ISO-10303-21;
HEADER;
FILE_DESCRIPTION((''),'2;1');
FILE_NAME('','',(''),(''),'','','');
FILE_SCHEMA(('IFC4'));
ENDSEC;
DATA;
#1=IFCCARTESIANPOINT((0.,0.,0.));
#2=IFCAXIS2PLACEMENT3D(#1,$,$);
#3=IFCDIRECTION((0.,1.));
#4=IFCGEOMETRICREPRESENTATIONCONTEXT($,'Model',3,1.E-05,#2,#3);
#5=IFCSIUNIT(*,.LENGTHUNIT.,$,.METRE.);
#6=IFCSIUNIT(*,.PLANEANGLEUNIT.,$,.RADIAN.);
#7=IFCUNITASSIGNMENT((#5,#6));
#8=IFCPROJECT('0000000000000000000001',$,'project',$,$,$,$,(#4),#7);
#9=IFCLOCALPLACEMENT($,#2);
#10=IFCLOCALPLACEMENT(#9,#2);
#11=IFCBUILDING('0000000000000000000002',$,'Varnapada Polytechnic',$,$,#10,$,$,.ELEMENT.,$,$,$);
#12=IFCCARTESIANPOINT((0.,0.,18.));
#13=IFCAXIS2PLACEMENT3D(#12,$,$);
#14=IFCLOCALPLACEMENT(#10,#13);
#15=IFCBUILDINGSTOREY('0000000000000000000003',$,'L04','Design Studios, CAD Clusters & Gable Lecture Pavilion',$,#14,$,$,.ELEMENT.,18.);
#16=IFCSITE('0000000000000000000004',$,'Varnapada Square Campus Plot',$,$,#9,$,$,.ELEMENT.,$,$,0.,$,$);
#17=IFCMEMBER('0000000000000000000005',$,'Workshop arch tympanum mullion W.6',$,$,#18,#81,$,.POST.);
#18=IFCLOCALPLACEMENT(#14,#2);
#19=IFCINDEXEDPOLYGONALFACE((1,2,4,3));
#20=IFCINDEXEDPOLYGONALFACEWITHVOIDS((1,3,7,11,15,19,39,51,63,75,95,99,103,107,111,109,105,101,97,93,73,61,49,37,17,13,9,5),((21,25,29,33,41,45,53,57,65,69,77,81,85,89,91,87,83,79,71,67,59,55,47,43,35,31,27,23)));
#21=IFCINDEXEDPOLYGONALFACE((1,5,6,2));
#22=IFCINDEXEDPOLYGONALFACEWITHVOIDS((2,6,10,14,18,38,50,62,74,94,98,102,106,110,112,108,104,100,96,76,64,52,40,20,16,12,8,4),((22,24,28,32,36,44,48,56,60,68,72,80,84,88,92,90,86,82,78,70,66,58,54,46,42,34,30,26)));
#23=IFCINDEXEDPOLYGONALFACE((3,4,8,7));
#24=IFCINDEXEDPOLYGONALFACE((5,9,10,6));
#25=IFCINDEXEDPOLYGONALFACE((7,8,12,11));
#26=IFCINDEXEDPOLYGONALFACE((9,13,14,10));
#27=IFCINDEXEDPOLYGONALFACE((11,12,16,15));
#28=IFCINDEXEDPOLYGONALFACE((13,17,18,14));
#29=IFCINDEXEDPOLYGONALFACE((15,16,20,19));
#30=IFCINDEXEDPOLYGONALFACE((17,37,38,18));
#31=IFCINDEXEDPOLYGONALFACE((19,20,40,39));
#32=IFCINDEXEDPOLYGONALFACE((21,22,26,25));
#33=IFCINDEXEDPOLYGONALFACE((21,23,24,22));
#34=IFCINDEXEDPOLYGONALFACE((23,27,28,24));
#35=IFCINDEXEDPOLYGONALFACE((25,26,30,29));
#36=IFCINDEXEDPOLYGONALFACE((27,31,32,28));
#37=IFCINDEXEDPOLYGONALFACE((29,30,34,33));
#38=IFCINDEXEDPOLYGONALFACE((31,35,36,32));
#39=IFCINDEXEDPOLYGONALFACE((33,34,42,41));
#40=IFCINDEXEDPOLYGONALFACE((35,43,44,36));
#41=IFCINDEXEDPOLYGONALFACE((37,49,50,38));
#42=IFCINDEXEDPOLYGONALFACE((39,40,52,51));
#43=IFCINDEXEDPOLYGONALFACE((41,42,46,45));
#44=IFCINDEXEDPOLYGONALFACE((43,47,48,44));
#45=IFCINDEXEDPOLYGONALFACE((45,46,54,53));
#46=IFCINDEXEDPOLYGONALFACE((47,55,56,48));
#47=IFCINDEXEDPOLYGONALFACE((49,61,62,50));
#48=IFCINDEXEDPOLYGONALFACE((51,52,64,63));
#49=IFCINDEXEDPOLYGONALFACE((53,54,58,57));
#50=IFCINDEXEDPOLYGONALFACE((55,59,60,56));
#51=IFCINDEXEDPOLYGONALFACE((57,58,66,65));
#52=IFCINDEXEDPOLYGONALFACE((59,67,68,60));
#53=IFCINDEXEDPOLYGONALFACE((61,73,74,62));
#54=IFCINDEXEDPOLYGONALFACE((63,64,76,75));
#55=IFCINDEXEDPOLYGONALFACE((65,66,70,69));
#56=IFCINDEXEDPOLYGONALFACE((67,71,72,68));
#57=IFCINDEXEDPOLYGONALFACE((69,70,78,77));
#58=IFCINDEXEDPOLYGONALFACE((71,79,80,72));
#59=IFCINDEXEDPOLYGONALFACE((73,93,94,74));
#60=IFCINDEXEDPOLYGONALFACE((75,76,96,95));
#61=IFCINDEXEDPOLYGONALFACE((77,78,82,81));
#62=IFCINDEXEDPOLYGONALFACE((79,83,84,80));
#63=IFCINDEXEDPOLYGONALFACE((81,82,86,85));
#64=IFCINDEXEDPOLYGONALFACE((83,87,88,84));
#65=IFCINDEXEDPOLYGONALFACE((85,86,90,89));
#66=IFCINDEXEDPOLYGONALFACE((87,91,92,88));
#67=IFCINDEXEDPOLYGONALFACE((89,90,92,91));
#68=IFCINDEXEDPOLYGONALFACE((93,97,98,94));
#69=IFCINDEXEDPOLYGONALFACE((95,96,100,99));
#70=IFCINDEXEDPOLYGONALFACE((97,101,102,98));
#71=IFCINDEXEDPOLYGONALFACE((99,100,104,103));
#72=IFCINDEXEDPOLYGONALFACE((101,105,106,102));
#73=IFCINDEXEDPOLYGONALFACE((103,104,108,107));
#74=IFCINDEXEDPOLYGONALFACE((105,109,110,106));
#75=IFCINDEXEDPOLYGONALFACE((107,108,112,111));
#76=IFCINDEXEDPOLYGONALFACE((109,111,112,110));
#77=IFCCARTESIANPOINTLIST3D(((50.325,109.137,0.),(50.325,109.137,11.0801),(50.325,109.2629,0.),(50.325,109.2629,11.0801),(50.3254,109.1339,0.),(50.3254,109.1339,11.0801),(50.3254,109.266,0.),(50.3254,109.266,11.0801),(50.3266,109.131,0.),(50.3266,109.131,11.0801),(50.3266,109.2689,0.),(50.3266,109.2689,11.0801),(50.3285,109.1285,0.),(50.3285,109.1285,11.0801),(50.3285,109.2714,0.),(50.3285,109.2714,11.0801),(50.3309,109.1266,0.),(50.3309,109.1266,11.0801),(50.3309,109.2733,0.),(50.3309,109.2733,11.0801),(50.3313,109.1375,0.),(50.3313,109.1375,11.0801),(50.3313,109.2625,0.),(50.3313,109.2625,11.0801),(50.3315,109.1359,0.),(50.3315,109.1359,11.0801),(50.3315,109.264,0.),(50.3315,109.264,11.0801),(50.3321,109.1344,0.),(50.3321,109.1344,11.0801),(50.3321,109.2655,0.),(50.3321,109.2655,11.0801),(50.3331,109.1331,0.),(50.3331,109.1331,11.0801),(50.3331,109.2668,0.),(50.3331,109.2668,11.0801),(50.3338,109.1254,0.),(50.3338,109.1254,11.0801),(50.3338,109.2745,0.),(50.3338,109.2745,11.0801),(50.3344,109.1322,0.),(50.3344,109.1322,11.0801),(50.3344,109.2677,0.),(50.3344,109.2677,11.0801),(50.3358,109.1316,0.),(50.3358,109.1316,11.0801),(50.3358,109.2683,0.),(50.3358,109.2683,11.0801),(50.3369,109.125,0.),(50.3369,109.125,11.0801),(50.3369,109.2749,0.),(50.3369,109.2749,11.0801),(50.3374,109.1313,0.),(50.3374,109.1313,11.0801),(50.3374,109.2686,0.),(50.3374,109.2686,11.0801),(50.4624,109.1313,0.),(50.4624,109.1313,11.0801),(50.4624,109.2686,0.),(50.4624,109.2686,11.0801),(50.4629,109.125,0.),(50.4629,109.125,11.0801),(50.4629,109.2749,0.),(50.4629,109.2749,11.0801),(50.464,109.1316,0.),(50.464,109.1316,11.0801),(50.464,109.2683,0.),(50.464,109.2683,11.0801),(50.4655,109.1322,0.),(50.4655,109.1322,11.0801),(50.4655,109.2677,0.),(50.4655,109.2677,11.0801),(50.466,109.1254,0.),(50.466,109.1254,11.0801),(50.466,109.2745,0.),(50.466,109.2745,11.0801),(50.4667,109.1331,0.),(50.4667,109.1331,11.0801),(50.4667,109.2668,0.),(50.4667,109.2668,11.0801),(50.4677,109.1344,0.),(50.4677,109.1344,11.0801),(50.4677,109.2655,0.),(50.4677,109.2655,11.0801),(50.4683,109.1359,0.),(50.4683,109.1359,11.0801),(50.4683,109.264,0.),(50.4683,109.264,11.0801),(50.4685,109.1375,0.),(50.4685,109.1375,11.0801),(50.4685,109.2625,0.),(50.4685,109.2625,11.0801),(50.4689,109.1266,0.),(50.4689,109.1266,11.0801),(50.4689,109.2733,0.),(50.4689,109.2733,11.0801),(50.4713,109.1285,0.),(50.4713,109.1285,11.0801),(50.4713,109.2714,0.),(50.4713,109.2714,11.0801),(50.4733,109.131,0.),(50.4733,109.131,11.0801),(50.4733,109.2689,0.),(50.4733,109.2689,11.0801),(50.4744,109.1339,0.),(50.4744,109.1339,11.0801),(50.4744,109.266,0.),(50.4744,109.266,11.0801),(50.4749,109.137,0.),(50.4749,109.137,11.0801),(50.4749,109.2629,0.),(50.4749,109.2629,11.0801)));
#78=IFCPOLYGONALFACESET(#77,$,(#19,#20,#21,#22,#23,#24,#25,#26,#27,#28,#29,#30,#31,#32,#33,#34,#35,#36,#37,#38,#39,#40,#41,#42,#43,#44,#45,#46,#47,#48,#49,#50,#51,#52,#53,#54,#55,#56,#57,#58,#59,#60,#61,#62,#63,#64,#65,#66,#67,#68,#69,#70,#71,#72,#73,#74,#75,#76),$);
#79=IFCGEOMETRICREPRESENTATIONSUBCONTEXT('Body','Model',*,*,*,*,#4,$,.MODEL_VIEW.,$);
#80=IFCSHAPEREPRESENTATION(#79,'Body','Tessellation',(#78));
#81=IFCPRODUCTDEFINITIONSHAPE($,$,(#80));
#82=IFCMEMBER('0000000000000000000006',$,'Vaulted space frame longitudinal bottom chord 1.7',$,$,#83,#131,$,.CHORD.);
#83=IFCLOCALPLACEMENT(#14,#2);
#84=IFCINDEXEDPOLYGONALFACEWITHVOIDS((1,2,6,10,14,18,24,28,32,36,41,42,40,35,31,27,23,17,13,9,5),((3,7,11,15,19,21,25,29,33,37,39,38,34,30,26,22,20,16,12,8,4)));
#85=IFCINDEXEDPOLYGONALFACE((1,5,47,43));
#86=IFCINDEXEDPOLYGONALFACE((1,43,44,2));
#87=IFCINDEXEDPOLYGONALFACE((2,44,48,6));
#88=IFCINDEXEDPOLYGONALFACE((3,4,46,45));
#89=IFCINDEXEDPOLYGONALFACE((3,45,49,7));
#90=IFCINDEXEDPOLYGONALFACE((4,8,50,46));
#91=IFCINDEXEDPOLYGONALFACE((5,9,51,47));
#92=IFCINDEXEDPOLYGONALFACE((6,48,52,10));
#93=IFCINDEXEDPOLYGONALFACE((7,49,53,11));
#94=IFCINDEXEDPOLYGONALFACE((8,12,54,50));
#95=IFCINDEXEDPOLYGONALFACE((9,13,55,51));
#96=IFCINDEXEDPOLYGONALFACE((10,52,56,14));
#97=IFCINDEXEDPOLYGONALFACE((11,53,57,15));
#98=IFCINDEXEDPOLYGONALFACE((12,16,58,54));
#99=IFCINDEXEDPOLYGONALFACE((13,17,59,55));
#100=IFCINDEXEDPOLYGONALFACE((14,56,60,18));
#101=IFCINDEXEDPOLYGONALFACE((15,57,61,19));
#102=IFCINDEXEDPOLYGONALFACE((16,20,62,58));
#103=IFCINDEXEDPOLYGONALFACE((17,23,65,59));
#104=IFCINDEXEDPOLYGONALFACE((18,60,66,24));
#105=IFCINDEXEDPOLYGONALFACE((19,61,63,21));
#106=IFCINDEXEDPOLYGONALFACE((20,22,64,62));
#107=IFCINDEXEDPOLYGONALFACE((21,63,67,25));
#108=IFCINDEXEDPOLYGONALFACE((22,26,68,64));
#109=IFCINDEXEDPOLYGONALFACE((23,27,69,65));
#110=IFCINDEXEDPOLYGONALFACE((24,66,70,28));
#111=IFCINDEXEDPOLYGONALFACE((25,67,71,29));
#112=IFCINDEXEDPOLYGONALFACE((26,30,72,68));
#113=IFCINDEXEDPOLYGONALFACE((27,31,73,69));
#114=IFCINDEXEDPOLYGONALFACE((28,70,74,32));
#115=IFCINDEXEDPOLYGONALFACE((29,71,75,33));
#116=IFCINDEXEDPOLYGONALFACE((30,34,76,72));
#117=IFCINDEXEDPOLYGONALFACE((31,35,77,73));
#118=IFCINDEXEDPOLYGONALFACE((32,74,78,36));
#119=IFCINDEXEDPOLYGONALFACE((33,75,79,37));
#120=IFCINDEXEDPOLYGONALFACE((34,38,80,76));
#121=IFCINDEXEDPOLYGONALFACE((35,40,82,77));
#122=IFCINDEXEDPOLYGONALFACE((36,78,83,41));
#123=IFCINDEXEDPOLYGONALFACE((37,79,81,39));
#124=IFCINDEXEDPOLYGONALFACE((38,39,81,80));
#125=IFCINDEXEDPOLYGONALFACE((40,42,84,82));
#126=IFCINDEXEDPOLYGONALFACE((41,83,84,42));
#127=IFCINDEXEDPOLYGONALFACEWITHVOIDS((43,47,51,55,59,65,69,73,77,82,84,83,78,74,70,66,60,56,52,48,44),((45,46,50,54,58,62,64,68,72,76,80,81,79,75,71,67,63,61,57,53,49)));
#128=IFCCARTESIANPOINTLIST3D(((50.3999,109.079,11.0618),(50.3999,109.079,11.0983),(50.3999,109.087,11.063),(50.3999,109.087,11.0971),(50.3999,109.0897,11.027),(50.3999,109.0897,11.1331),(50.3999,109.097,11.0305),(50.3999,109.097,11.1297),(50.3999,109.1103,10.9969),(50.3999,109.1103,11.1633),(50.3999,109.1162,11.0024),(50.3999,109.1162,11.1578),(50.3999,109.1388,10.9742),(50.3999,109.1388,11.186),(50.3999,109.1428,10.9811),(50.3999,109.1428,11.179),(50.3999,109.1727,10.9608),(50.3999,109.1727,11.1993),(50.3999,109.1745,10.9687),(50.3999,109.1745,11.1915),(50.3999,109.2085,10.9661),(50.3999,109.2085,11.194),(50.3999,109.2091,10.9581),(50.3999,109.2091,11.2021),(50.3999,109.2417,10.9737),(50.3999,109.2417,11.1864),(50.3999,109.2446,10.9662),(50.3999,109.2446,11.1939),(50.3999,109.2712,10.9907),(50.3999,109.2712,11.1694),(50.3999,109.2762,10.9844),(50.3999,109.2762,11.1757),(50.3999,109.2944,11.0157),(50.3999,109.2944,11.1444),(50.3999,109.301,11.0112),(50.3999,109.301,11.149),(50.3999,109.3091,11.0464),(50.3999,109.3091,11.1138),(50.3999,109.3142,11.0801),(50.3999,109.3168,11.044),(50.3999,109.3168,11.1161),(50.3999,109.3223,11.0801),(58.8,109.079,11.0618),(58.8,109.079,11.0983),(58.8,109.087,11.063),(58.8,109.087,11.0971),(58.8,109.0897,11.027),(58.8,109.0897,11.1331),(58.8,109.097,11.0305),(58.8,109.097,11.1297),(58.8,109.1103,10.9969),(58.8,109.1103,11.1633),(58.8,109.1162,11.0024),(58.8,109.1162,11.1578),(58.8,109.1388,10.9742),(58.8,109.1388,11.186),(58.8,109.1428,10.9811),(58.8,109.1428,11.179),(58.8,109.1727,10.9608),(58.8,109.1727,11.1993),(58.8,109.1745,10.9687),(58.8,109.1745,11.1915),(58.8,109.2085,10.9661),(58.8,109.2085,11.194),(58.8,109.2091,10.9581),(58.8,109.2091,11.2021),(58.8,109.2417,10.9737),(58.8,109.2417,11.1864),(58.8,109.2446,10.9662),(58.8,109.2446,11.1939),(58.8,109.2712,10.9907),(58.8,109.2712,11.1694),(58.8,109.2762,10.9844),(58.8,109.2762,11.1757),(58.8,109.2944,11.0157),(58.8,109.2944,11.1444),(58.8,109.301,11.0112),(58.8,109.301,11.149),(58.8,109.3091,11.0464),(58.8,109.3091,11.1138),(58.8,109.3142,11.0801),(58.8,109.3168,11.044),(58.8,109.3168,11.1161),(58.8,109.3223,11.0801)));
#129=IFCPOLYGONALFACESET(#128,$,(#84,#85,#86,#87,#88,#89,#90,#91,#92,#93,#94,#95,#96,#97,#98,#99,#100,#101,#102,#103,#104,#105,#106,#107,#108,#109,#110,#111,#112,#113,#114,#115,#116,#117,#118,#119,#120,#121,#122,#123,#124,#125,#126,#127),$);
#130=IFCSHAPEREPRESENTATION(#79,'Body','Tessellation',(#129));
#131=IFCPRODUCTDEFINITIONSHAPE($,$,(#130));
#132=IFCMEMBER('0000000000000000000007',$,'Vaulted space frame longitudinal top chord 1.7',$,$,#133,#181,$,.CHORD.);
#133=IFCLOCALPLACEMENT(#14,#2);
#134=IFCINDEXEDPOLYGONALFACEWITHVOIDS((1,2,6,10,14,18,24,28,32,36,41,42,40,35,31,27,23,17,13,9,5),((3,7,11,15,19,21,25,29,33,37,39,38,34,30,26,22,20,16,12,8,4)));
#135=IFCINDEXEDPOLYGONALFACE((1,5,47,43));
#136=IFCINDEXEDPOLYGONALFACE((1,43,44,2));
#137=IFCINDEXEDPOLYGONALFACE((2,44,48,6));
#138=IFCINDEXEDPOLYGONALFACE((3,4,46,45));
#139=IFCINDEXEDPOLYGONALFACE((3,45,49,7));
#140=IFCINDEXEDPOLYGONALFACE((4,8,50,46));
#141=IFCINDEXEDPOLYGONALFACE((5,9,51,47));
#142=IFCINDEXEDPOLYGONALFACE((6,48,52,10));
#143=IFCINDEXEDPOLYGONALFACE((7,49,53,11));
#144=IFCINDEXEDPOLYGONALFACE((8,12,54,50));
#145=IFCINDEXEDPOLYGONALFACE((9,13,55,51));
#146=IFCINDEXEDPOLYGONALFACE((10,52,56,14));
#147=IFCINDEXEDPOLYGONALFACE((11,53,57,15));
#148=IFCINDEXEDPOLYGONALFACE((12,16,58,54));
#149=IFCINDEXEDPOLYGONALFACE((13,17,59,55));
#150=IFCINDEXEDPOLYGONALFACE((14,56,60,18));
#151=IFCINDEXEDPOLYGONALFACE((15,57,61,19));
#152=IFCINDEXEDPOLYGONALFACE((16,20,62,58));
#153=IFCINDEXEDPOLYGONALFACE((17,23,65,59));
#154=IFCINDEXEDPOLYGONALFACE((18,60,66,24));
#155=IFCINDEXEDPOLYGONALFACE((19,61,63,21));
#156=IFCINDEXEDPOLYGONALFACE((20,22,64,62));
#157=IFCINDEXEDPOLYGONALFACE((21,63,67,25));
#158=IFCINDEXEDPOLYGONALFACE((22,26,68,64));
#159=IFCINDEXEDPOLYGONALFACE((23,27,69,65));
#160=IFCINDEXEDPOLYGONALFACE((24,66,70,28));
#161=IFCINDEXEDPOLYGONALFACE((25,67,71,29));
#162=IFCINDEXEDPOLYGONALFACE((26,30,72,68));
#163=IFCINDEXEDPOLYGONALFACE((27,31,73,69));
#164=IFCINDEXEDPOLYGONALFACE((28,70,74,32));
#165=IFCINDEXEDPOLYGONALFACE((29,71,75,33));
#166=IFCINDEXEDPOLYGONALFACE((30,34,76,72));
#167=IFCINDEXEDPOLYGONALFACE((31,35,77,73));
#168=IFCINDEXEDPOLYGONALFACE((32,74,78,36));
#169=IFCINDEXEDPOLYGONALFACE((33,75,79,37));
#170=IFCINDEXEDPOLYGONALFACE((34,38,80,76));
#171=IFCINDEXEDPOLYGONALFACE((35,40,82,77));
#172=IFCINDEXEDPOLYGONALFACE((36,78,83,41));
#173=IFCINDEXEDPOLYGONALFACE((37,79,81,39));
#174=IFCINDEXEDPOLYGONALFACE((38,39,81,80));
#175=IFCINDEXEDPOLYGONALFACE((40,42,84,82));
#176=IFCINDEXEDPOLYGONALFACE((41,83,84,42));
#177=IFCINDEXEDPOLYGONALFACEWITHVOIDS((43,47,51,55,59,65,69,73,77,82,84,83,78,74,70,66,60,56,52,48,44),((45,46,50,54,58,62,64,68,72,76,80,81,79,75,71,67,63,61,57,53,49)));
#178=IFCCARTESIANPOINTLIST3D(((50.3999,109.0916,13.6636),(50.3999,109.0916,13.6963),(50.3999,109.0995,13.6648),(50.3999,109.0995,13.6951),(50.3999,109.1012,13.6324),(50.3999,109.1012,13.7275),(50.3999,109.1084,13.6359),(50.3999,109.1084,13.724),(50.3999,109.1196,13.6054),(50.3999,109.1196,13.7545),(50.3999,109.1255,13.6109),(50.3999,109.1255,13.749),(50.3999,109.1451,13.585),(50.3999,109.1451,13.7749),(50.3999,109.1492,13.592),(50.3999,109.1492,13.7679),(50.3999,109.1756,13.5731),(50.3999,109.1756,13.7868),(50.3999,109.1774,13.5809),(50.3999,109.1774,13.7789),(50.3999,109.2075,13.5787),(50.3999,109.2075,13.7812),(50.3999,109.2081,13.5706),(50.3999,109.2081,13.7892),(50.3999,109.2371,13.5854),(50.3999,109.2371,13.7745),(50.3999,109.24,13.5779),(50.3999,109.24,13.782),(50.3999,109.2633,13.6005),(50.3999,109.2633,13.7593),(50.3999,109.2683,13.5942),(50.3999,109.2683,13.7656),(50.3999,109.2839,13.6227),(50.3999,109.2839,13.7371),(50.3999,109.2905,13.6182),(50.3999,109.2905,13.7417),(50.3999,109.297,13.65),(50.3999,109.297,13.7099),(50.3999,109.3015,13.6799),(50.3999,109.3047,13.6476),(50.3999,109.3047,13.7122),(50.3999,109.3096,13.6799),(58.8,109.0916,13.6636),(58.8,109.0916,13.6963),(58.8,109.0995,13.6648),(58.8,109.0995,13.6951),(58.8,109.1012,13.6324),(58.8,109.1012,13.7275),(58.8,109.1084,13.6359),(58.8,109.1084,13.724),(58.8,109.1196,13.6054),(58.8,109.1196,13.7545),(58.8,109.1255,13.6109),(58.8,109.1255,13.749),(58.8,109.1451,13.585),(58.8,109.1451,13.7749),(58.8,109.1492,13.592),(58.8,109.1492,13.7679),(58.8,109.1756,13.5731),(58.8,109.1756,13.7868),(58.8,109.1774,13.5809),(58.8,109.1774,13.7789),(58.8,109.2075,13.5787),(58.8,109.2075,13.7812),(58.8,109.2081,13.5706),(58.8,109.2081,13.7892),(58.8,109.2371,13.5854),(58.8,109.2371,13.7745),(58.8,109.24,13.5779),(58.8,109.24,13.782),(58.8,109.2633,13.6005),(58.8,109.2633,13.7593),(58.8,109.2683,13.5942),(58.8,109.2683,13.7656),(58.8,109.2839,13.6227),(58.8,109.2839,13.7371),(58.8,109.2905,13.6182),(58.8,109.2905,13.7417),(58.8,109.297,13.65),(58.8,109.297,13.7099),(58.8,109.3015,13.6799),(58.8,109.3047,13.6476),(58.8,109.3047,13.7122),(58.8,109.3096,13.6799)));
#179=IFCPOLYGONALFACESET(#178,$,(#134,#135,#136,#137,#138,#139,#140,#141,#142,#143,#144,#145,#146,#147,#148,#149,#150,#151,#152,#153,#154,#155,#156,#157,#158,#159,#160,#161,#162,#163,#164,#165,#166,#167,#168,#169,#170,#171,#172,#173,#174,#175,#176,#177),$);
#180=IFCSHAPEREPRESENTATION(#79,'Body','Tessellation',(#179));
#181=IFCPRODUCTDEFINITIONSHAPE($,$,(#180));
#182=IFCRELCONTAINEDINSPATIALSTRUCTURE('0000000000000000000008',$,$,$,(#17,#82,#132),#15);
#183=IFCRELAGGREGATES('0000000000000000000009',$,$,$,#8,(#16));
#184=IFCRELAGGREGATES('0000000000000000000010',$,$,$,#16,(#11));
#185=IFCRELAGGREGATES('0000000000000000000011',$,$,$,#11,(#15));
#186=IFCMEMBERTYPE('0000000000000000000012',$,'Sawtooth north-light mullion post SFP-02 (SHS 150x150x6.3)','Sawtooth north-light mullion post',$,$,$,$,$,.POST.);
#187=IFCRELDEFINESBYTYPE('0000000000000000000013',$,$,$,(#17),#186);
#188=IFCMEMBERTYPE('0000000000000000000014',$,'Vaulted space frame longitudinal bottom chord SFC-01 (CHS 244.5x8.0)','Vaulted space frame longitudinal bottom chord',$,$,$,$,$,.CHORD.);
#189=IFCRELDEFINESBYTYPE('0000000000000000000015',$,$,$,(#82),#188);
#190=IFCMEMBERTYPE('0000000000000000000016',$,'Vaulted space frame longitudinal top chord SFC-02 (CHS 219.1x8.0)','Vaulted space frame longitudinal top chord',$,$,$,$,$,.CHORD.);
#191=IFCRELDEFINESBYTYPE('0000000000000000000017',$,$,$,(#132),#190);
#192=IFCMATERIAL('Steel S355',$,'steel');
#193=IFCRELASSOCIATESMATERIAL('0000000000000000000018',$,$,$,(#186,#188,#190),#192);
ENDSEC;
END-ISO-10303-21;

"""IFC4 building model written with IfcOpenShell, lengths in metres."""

from ifc_helpers import new_model, si_unit, direction, frame, origin, origin_2d, place, context, subcontext, project, spatial, hollow_rectangle, hollow_circle, extrude, material, material_profile, profile_set, type_object, element, save


model = new_model("IFC4")

# Units and contexts
model_context = context("Model", 3, precision=1e-05, world=origin(), true_north=direction((0.0, 1.0)))
body_context = subcontext(model_context, "Body", "Model", "MODEL_VIEW")
ifc_project = project(units=[si_unit("LENGTHUNIT", "METRE"), si_unit("PLANEANGLEUNIT", "RADIAN")], contexts=[model_context])

# Site, building, storey
site_placement = place(None, origin())
site = spatial("IfcSite", under=ifc_project, at=site_placement, Name="Varnapada Square Campus Plot", CompositionType="ELEMENT", RefElevation=0.0)
building_placement = place(site_placement, origin())
building = spatial("IfcBuilding", under=site, at=building_placement, Name="Varnapada Polytechnic", CompositionType="ELEMENT")
storey_placement = place(building_placement, frame((0.0, 0.0, 18.0)))
storey = spatial("IfcBuildingStorey", under=building, at=storey_placement, Name="L04", Description="Design Studios, CAD Clusters & Gable Lecture Pavilion", CompositionType="ELEMENT", Elevation=18.0)

# Members
ifc_material_1 = material(Name="Steel S355", Category="steel")
ifc_material_profile_1 = material_profile(ifc_material_1, hollow_rectangle(XDim=0.1499, YDim=0.1499, WallThickness=0.0063, InnerFilletRadius=0.0061, OuterFilletRadius=0.012, at=origin_2d()), Name="SHS 150x150x6.3")
ifc_profile_set_1 = profile_set([ifc_material_profile_1], Name="Steel S355")
member_type_1 = type_object("IfcMemberType", Name="Sawtooth north-light mullion post SFP-02 (SHS 150x150x6.3)", Description="Sawtooth north-light mullion post", PredefinedType="POST", material=ifc_profile_set_1)
member_1_placement = place(storey_placement, frame((50.3999, 109.2, 0.0), z_axis=(0.0, 0.0, 1.0), x_axis=(1.0, 0.0, 0.0)))
element("IfcMember", 1, at=member_1_placement, inside=storey, type_object=member_type_1, Name="Workshop arch tympanum mullion W.6", PredefinedType="POST", context=body_context, shape_type="SweptSolid", body=[
    extrude(hollow_rectangle(XDim=0.1499, YDim=0.1499, WallThickness=0.0063, InnerFilletRadius=0.0061, OuterFilletRadius=0.012, at=origin_2d()), origin(), (0.0, 0.0, 1.0), 11.0801),
])
ifc_material_profile_2 = material_profile(ifc_material_1, hollow_circle(Radius=0.1223, WallThickness=0.0081, at=origin_2d()), Name="CHS 244.5x8.0")
ifc_profile_set_2 = profile_set([ifc_material_profile_2], Name="Steel S355")
member_type_2 = type_object("IfcMemberType", Name="Vaulted space frame longitudinal bottom chord SFC-01 (CHS 244.5x8.0)", Description="Vaulted space frame longitudinal bottom chord", PredefinedType="CHORD", material=ifc_profile_set_2)
member_2_placement = place(storey_placement, frame((50.3999, 109.2, 11.0801), z_axis=(1.0, 0.0, 0.0), x_axis=(0.0, 1.0, 0.0)))
element("IfcMember", 2, at=member_2_placement, inside=storey, type_object=member_type_2, Name="Vaulted space frame longitudinal bottom chord 1.7", PredefinedType="CHORD", context=body_context, shape_type="SweptSolid", body=[
    extrude(hollow_circle(Radius=0.1223, WallThickness=0.0081, at=origin_2d()), origin(), (0.0, 0.0, 1.0), 8.4001),
])
ifc_material_profile_3 = material_profile(ifc_material_1, hollow_circle(Radius=0.1096, WallThickness=0.0081, at=origin_2d()), Name="CHS 219.1x8.0")
ifc_profile_set_3 = profile_set([ifc_material_profile_3], Name="Steel S355")
member_type_3 = type_object("IfcMemberType", Name="Vaulted space frame longitudinal top chord SFC-02 (CHS 219.1x8.0)", Description="Vaulted space frame longitudinal top chord", PredefinedType="CHORD", material=ifc_profile_set_3)
member_3_placement = place(storey_placement, frame((50.3999, 109.2, 13.6799), z_axis=(1.0, 0.0, 0.0), x_axis=(0.0, 1.0, 0.0)))
element("IfcMember", 3, at=member_3_placement, inside=storey, type_object=member_type_3, Name="Vaulted space frame longitudinal top chord 1.7", PredefinedType="CHORD", context=body_context, shape_type="SweptSolid", body=[
    extrude(hollow_circle(Radius=0.1096, WallThickness=0.0081, at=origin_2d()), origin(), (0.0, 0.0, 1.0), 8.4001),
])

save(model, "model.ifc")
